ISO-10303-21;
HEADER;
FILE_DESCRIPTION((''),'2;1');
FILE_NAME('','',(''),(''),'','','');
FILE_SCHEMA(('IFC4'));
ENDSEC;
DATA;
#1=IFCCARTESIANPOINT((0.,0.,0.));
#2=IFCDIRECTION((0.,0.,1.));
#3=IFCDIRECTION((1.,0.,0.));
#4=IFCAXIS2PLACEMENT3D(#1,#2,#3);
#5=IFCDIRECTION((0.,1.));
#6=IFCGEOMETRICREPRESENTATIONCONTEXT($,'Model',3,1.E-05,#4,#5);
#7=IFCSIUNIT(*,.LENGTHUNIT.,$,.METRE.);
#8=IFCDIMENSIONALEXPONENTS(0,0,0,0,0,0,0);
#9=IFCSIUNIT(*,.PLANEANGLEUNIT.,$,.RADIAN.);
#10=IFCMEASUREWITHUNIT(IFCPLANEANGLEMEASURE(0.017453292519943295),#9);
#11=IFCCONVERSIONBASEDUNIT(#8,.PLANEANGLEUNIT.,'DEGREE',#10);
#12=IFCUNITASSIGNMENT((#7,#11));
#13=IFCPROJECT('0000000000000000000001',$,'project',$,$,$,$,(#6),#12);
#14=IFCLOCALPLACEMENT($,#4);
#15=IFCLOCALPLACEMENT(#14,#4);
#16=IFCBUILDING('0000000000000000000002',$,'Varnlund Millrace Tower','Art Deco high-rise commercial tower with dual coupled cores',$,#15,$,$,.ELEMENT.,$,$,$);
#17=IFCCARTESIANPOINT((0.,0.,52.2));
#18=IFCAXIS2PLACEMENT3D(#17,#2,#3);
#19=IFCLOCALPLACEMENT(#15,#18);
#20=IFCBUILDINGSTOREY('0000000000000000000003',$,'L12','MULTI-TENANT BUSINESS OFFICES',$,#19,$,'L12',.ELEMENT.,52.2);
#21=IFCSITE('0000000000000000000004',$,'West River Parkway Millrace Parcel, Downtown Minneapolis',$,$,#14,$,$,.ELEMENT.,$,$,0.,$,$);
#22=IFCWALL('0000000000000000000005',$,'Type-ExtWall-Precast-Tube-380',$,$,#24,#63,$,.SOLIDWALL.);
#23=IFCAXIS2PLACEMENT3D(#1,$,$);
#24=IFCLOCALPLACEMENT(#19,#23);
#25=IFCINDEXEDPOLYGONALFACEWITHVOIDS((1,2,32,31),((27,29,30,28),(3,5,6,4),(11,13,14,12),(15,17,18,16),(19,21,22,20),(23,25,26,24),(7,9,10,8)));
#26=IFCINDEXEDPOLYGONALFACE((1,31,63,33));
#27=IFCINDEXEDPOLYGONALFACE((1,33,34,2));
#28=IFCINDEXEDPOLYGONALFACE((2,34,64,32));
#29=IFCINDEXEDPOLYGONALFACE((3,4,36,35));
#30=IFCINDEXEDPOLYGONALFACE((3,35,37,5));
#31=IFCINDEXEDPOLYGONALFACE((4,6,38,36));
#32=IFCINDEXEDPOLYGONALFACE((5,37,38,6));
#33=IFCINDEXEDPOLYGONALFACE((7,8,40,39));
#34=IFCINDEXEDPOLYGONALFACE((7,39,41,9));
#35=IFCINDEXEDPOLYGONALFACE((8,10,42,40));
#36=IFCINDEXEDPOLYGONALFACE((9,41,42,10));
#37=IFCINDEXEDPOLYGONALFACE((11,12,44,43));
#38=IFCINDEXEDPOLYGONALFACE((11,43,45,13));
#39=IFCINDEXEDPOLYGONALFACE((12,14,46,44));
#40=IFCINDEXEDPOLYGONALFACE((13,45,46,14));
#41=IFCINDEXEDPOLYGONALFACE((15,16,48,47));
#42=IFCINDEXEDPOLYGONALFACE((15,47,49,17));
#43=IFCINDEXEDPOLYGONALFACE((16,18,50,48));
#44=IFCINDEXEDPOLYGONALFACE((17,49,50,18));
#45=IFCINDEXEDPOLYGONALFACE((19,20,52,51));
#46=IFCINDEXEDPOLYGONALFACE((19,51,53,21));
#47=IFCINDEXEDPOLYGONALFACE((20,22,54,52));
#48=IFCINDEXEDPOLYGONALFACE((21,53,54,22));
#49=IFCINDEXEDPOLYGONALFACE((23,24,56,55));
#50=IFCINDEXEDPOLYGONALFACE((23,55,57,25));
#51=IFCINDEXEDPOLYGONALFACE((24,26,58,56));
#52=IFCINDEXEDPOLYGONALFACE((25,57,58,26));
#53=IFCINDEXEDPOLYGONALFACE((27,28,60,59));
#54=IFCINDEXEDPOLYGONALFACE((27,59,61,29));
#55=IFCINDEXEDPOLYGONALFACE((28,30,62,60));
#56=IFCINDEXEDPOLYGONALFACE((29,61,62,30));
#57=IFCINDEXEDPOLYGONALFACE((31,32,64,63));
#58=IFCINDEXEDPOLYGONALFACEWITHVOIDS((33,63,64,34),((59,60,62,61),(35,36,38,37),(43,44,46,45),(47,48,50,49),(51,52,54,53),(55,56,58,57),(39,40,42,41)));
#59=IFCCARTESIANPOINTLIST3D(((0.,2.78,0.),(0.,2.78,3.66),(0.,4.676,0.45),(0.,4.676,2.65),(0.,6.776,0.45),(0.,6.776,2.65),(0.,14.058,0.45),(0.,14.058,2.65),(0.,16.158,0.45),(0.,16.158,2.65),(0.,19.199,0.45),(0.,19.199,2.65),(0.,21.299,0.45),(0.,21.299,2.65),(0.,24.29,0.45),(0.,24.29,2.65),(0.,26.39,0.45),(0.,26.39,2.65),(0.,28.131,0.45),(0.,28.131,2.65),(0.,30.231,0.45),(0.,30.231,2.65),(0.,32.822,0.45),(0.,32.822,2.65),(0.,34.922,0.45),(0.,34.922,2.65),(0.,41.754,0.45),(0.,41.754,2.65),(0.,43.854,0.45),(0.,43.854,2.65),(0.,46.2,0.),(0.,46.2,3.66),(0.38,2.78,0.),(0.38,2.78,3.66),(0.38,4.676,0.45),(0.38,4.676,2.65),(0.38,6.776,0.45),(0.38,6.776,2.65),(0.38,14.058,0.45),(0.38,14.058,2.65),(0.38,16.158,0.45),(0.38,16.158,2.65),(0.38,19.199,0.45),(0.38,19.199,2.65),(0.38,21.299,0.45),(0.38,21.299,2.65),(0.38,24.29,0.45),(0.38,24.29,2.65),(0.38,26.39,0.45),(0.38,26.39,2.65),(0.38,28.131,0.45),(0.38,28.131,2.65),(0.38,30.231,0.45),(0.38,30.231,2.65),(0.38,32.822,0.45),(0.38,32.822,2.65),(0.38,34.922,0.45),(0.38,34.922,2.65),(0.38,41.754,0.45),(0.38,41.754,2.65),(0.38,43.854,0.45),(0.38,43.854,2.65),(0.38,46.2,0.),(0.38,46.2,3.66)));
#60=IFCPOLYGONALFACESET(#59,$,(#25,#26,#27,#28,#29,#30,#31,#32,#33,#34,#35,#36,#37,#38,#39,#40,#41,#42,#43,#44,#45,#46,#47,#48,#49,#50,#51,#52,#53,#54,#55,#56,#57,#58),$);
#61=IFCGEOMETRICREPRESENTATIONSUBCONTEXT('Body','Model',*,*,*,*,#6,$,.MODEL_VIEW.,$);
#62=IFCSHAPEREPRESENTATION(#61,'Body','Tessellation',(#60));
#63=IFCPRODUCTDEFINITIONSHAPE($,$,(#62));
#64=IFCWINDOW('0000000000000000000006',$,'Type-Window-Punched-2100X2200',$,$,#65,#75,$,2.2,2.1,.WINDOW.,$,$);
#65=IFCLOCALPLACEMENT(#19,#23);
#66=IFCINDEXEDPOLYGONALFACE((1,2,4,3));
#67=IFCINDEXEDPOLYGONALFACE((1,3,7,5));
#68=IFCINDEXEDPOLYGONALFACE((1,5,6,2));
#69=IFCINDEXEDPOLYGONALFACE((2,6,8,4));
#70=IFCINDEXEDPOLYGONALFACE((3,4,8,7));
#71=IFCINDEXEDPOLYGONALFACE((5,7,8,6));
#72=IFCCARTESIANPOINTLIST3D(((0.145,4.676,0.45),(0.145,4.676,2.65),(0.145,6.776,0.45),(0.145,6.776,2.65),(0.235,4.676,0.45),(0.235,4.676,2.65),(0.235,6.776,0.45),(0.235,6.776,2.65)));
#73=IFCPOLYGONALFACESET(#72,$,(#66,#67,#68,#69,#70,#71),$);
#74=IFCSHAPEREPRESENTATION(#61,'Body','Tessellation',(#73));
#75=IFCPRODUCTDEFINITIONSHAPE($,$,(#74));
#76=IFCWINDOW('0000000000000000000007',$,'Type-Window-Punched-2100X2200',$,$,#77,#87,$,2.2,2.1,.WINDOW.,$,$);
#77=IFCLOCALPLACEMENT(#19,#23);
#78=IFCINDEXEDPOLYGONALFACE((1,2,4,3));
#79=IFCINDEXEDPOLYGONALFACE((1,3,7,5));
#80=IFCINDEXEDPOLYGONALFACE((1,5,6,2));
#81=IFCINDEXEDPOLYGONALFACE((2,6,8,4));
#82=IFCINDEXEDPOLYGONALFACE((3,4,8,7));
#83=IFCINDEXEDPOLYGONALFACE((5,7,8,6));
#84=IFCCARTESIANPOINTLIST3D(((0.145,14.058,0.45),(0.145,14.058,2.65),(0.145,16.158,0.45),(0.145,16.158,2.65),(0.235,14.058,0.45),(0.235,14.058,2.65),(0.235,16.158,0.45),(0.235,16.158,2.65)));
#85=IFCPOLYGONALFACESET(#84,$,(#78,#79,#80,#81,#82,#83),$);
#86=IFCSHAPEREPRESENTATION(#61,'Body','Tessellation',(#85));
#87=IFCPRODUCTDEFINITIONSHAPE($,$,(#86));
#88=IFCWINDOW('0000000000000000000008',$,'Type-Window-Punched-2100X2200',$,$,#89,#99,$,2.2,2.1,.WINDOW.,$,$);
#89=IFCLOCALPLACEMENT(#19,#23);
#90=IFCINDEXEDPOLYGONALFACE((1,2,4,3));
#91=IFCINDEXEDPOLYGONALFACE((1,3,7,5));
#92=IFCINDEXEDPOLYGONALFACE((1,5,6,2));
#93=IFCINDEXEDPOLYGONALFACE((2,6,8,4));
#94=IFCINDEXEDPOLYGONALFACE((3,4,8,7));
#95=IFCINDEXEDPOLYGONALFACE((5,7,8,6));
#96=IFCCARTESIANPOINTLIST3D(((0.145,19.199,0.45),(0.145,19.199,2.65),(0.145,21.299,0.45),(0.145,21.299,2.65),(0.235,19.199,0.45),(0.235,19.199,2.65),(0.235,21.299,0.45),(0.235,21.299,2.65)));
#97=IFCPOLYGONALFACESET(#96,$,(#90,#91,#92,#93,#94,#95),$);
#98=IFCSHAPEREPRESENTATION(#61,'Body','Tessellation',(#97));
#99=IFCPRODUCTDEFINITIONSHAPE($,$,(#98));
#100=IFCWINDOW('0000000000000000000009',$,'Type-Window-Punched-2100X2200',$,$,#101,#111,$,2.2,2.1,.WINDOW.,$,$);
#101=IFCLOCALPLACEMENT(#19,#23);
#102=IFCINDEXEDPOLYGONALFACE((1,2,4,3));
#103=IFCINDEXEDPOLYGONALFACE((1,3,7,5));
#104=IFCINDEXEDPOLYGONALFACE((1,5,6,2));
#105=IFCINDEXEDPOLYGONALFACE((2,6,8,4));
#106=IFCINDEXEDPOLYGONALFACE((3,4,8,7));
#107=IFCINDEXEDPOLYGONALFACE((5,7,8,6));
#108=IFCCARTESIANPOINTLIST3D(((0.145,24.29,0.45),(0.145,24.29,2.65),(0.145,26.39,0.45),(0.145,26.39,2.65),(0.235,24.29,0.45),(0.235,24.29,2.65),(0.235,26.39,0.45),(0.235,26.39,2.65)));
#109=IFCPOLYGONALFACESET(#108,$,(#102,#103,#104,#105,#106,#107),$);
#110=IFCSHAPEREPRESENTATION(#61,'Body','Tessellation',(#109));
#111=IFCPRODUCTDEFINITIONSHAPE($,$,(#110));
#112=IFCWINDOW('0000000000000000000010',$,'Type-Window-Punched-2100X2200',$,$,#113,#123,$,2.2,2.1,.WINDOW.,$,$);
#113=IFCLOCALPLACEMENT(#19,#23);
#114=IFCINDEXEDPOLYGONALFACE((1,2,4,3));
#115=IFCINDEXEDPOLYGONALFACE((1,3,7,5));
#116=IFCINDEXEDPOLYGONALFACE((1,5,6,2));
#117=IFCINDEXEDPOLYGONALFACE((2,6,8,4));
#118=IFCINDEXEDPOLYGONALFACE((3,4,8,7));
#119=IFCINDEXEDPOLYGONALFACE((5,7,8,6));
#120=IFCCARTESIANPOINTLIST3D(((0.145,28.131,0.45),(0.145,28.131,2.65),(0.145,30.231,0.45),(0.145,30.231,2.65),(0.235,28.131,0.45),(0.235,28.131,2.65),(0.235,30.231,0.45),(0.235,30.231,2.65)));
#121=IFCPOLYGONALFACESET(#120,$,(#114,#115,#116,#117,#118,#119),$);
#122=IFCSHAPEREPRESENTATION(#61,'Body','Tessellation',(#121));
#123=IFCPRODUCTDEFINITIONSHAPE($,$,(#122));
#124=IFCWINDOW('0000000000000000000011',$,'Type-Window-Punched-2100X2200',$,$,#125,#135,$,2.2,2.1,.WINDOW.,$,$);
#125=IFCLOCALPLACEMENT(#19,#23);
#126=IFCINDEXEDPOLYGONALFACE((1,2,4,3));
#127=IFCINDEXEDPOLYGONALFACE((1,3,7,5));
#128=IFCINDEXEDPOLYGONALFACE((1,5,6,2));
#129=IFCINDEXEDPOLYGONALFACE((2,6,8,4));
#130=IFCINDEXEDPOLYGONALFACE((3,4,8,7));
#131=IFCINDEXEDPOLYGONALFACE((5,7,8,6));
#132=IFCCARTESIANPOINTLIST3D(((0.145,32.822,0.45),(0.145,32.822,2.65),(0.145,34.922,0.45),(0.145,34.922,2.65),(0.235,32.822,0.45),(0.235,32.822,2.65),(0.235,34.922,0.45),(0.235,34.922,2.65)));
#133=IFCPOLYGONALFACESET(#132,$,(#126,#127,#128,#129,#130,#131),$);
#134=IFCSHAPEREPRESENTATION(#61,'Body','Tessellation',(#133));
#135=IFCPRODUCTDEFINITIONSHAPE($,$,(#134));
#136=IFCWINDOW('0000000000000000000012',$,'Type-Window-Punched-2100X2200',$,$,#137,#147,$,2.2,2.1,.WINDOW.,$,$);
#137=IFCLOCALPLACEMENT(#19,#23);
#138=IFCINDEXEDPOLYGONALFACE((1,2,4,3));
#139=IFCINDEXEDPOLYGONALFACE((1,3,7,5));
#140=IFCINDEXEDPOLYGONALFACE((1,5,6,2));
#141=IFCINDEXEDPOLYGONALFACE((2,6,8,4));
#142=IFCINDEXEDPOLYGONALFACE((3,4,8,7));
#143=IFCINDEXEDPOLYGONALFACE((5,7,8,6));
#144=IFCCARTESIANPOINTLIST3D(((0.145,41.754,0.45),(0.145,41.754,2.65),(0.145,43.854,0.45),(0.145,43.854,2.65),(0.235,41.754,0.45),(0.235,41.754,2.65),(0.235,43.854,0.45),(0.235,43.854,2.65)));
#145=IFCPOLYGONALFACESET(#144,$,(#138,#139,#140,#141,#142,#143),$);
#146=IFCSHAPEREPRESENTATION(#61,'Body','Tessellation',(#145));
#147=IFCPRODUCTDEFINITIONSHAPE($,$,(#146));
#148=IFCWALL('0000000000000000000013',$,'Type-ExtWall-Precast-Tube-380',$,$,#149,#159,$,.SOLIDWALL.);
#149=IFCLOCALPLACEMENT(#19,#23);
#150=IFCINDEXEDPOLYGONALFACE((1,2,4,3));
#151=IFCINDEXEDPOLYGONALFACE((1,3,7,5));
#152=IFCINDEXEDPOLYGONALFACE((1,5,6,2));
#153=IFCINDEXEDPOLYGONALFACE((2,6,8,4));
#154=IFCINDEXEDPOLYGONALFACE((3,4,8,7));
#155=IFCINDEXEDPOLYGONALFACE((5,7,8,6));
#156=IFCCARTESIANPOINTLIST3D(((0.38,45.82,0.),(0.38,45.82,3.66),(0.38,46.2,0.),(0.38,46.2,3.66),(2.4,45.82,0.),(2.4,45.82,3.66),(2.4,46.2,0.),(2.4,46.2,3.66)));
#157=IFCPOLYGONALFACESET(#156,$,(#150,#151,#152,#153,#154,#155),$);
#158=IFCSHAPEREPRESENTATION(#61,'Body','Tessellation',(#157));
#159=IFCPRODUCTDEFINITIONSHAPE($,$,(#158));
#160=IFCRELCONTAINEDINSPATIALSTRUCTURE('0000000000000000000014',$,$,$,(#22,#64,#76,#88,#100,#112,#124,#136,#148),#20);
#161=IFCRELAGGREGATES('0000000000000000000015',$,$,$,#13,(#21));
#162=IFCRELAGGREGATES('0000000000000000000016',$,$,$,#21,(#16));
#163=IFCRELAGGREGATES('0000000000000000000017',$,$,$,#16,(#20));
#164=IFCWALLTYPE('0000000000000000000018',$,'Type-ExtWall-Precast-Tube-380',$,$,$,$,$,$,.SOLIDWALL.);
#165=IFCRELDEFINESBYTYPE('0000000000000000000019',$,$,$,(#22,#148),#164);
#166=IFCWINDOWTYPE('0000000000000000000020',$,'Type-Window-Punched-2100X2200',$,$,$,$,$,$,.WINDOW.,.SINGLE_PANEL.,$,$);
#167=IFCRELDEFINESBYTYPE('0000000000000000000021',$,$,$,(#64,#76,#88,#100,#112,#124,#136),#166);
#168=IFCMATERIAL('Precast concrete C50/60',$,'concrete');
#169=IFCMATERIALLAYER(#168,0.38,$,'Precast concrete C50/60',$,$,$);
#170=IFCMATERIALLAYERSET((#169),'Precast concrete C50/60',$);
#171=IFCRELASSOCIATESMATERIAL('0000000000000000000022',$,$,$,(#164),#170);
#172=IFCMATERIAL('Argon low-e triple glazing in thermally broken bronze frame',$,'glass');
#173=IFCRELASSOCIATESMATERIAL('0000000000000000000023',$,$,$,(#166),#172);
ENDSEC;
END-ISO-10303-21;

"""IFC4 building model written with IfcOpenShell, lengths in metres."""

from ifc_helpers import new_model, entity, si_unit, converted_unit, direction, frame, origin_with_axes, origin_2d_with_axis, place, context, subcontext, project, spatial, polyline, rectangle, outline, extrude, material, layer, layer_set, type_object, element, fill, save


model = new_model("IFC4")

# Units and contexts
model_context = context("Model", 3, precision=1e-05, world=origin_with_axes(), true_north=direction((0.0, 1.0)))
body_context = subcontext(model_context, "Body", "Model", "MODEL_VIEW")
ifc_project = project(units=[si_unit("LENGTHUNIT", "METRE"), converted_unit("PLANEANGLEUNIT", "DEGREE", entity("IfcPlaneAngleMeasure", 0.017453292519943295), si_unit("PLANEANGLEUNIT", "RADIAN"), dimensions=[0, 0, 0, 0, 0, 0, 0])], contexts=[model_context])

# Site, building, storey
site_placement = place(None, origin_with_axes())
site = spatial("IfcSite", under=ifc_project, at=site_placement, Name="West River Parkway Millrace Parcel, Downtown Minneapolis", CompositionType="ELEMENT", RefElevation=0.0)
building_placement = place(site_placement, origin_with_axes())
building = spatial("IfcBuilding", under=site, at=building_placement, Name="Varnlund Millrace Tower", Description="Art Deco high-rise commercial tower with dual coupled cores", CompositionType="ELEMENT")
storey_placement = place(building_placement, frame((0.0, 0.0, 52.2), z_axis=(0.0, 0.0, 1.0), x_axis=(1.0, 0.0, 0.0)))
storey = spatial("IfcBuildingStorey", under=building, at=storey_placement, Name="L12", Description="MULTI-TENANT BUSINESS OFFICES", LongName="L12", CompositionType="ELEMENT", Elevation=52.2)

# Wall, openings, windows
ifc_material_1 = material(Name="Precast concrete C50/60", Category="concrete")
ifc_layer_1 = layer(ifc_material_1, 0.38, Name="Precast concrete C50/60")
ifc_layer_set_1 = layer_set([ifc_layer_1], Name="Precast concrete C50/60")
wall_type_1 = type_object("IfcWallType", Name="Type-ExtWall-Precast-Tube-380", PredefinedType="SOLIDWALL", material=ifc_layer_set_1)
wall_1_placement = place(storey_placement, frame((0.19, 2.78, 0.0), z_axis=(0.0, 0.0, 1.0), x_axis=(0.0, 1.0, 0.0)))
wall_1 = element("IfcWall", 1, at=wall_1_placement, inside=storey, type_object=wall_type_1, Name="Type-ExtWall-Precast-Tube-380", PredefinedType="SOLIDWALL", context=body_context, shape_type="SweptSolid", body=[
    extrude(outline(polyline([(0.0, -0.19), (43.42, -0.19), (43.42, 0.19), (0.0, 0.19), (0.0, -0.19)])), origin_with_axes(), (0.0, 0.0, 1.0), 3.66),
])
opening_1_placement = place(wall_1_placement, frame((2.946, 0.0, 0.45), z_axis=(0.0, 0.0, 1.0), x_axis=(1.0, 0.0, 0.0)))
opening_1 = element("IfcOpeningElement", 2, at=opening_1_placement, cuts=wall_1, PredefinedType="OPENING", context=body_context, shape_type="SweptSolid", body=[
    extrude(rectangle(XDim=2.1, YDim=0.4, at=origin_2d_with_axis()), origin_with_axes(), (0.0, 0.0, 1.0), 2.2),
])
opening_2_placement = place(wall_1_placement, frame((12.328, 0.0, 0.45), z_axis=(0.0, 0.0, 1.0), x_axis=(1.0, 0.0, 0.0)))
opening_2 = element("IfcOpeningElement", 3, at=opening_2_placement, cuts=wall_1, PredefinedType="OPENING", context=body_context, shape_type="SweptSolid", body=[
    extrude(rectangle(XDim=2.1, YDim=0.4, at=origin_2d_with_axis()), origin_with_axes(), (0.0, 0.0, 1.0), 2.2),
])
opening_3_placement = place(wall_1_placement, frame((17.469, 0.0, 0.45), z_axis=(0.0, 0.0, 1.0), x_axis=(1.0, 0.0, 0.0)))
opening_3 = element("IfcOpeningElement", 4, at=opening_3_placement, cuts=wall_1, PredefinedType="OPENING", context=body_context, shape_type="SweptSolid", body=[
    extrude(rectangle(XDim=2.1, YDim=0.4, at=origin_2d_with_axis()), origin_with_axes(), (0.0, 0.0, 1.0), 2.2),
])
opening_4_placement = place(wall_1_placement, frame((22.56, 0.0, 0.45), z_axis=(0.0, 0.0, 1.0), x_axis=(1.0, 0.0, 0.0)))
opening_4 = element("IfcOpeningElement", 5, at=opening_4_placement, cuts=wall_1, PredefinedType="OPENING", context=body_context, shape_type="SweptSolid", body=[
    extrude(rectangle(XDim=2.1, YDim=0.4, at=origin_2d_with_axis()), origin_with_axes(), (0.0, 0.0, 1.0), 2.2),
])
opening_5_placement = place(wall_1_placement, frame((26.401, 0.0, 0.45), z_axis=(0.0, 0.0, 1.0), x_axis=(1.0, 0.0, 0.0)))
opening_5 = element("IfcOpeningElement", 6, at=opening_5_placement, cuts=wall_1, PredefinedType="OPENING", context=body_context, shape_type="SweptSolid", body=[
    extrude(rectangle(XDim=2.1, YDim=0.4, at=origin_2d_with_axis()), origin_with_axes(), (0.0, 0.0, 1.0), 2.2),
])
opening_6_placement = place(wall_1_placement, frame((31.092, 0.0, 0.45), z_axis=(0.0, 0.0, 1.0), x_axis=(1.0, 0.0, 0.0)))
opening_6 = element("IfcOpeningElement", 7, at=opening_6_placement, cuts=wall_1, PredefinedType="OPENING", context=body_context, shape_type="SweptSolid", body=[
    extrude(rectangle(XDim=2.1, YDim=0.4, at=origin_2d_with_axis()), origin_with_axes(), (0.0, 0.0, 1.0), 2.2),
])
opening_7_placement = place(wall_1_placement, frame((40.024, 0.0, 0.45), z_axis=(0.0, 0.0, 1.0), x_axis=(1.0, 0.0, 0.0)))
opening_7 = element("IfcOpeningElement", 8, at=opening_7_placement, cuts=wall_1, PredefinedType="OPENING", context=body_context, shape_type="SweptSolid", body=[
    extrude(rectangle(XDim=2.1, YDim=0.4, at=origin_2d_with_axis()), origin_with_axes(), (0.0, 0.0, 1.0), 2.2),
])
ifc_material_2 = material(Name="Argon low-e triple glazing in thermally broken bronze frame", Category="glass")
window_type = type_object("IfcWindowType", Name="Type-Window-Punched-2100X2200", PartitioningType="SINGLE_PANEL", PredefinedType="WINDOW", material=ifc_material_2)
window_1_placement = place(wall_1_placement, frame((2.946, 0.0, 0.45), z_axis=(0.0, 0.0, 1.0), x_axis=(1.0, 0.0, 0.0)))
window_1 = element("IfcWindow", 9, at=window_1_placement, inside=storey, type_object=window_type, Name="Type-Window-Punched-2100X2200", OverallHeight=2.2, OverallWidth=2.1, PredefinedType="WINDOW", context=body_context, shape_type="SweptSolid", body=[
    extrude(rectangle(XDim=2.1, YDim=0.09, at=origin_2d_with_axis()), origin_with_axes(), (0.0, 0.0, 1.0), 2.2),
])
fill(opening_1, window_1)
window_2_placement = place(wall_1_placement, frame((12.328, 0.0, 0.45), z_axis=(0.0, 0.0, 1.0), x_axis=(1.0, 0.0, 0.0)))
window_2 = element("IfcWindow", 10, at=window_2_placement, inside=storey, type_object=window_type, Name="Type-Window-Punched-2100X2200", OverallHeight=2.2, OverallWidth=2.1, PredefinedType="WINDOW", context=body_context, shape_type="SweptSolid", body=[
    extrude(rectangle(XDim=2.1, YDim=0.09, at=origin_2d_with_axis()), origin_with_axes(), (0.0, 0.0, 1.0), 2.2),
])
fill(opening_2, window_2)
window_3_placement = place(wall_1_placement, frame((17.469, 0.0, 0.45), z_axis=(0.0, 0.0, 1.0), x_axis=(1.0, 0.0, 0.0)))
window_3 = element("IfcWindow", 11, at=window_3_placement, inside=storey, type_object=window_type, Name="Type-Window-Punched-2100X2200", OverallHeight=2.2, OverallWidth=2.1, PredefinedType="WINDOW", context=body_context, shape_type="SweptSolid", body=[
    extrude(rectangle(XDim=2.1, YDim=0.09, at=origin_2d_with_axis()), origin_with_axes(), (0.0, 0.0, 1.0), 2.2),
])
fill(opening_3, window_3)
window_4_placement = place(wall_1_placement, frame((22.56, 0.0, 0.45), z_axis=(0.0, 0.0, 1.0), x_axis=(1.0, 0.0, 0.0)))
window_4 = element("IfcWindow", 12, at=window_4_placement, inside=storey, type_object=window_type, Name="Type-Window-Punched-2100X2200", OverallHeight=2.2, OverallWidth=2.1, PredefinedType="WINDOW", context=body_context, shape_type="SweptSolid", body=[
    extrude(rectangle(XDim=2.1, YDim=0.09, at=origin_2d_with_axis()), origin_with_axes(), (0.0, 0.0, 1.0), 2.2),
])
fill(opening_4, window_4)
window_5_placement = place(wall_1_placement, frame((26.401, 0.0, 0.45), z_axis=(0.0, 0.0, 1.0), x_axis=(1.0, 0.0, 0.0)))
window_5 = element("IfcWindow", 13, at=window_5_placement, inside=storey, type_object=window_type, Name="Type-Window-Punched-2100X2200", OverallHeight=2.2, OverallWidth=2.1, PredefinedType="WINDOW", context=body_context, shape_type="SweptSolid", body=[
    extrude(rectangle(XDim=2.1, YDim=0.09, at=origin_2d_with_axis()), origin_with_axes(), (0.0, 0.0, 1.0), 2.2),
])
fill(opening_5, window_5)
window_6_placement = place(wall_1_placement, frame((31.092, 0.0, 0.45), z_axis=(0.0, 0.0, 1.0), x_axis=(1.0, 0.0, 0.0)))
window_6 = element("IfcWindow", 14, at=window_6_placement, inside=storey, type_object=window_type, Name="Type-Window-Punched-2100X2200", OverallHeight=2.2, OverallWidth=2.1, PredefinedType="WINDOW", context=body_context, shape_type="SweptSolid", body=[
    extrude(rectangle(XDim=2.1, YDim=0.09, at=origin_2d_with_axis()), origin_with_axes(), (0.0, 0.0, 1.0), 2.2),
])
fill(opening_6, window_6)
window_7_placement = place(wall_1_placement, frame((40.024, 0.0, 0.45), z_axis=(0.0, 0.0, 1.0), x_axis=(1.0, 0.0, 0.0)))
window_7 = element("IfcWindow", 15, at=window_7_placement, inside=storey, type_object=window_type, Name="Type-Window-Punched-2100X2200", OverallHeight=2.2, OverallWidth=2.1, PredefinedType="WINDOW", context=body_context, shape_type="SweptSolid", body=[
    extrude(rectangle(XDim=2.1, YDim=0.09, at=origin_2d_with_axis()), origin_with_axes(), (0.0, 0.0, 1.0), 2.2),
])
fill(opening_7, window_7)

# Wall
wall_2_placement = place(storey_placement, frame((0.38, 46.01, 0.0), z_axis=(0.0, 0.0, 1.0), x_axis=(1.0, 0.0, 0.0)))
element("IfcWall", 16, at=wall_2_placement, inside=storey, type_object=wall_type_1, Name="Type-ExtWall-Precast-Tube-380", PredefinedType="SOLIDWALL", context=body_context, shape_type="SweptSolid", body=[
    extrude(outline(polyline([(0.0, -0.19), (2.02, -0.19), (2.02, 0.19), (0.0, 0.19), (0.0, -0.19)])), origin_with_axes(), (0.0, 0.0, 1.0), 3.66),
])

save(model, "model.ifc")
